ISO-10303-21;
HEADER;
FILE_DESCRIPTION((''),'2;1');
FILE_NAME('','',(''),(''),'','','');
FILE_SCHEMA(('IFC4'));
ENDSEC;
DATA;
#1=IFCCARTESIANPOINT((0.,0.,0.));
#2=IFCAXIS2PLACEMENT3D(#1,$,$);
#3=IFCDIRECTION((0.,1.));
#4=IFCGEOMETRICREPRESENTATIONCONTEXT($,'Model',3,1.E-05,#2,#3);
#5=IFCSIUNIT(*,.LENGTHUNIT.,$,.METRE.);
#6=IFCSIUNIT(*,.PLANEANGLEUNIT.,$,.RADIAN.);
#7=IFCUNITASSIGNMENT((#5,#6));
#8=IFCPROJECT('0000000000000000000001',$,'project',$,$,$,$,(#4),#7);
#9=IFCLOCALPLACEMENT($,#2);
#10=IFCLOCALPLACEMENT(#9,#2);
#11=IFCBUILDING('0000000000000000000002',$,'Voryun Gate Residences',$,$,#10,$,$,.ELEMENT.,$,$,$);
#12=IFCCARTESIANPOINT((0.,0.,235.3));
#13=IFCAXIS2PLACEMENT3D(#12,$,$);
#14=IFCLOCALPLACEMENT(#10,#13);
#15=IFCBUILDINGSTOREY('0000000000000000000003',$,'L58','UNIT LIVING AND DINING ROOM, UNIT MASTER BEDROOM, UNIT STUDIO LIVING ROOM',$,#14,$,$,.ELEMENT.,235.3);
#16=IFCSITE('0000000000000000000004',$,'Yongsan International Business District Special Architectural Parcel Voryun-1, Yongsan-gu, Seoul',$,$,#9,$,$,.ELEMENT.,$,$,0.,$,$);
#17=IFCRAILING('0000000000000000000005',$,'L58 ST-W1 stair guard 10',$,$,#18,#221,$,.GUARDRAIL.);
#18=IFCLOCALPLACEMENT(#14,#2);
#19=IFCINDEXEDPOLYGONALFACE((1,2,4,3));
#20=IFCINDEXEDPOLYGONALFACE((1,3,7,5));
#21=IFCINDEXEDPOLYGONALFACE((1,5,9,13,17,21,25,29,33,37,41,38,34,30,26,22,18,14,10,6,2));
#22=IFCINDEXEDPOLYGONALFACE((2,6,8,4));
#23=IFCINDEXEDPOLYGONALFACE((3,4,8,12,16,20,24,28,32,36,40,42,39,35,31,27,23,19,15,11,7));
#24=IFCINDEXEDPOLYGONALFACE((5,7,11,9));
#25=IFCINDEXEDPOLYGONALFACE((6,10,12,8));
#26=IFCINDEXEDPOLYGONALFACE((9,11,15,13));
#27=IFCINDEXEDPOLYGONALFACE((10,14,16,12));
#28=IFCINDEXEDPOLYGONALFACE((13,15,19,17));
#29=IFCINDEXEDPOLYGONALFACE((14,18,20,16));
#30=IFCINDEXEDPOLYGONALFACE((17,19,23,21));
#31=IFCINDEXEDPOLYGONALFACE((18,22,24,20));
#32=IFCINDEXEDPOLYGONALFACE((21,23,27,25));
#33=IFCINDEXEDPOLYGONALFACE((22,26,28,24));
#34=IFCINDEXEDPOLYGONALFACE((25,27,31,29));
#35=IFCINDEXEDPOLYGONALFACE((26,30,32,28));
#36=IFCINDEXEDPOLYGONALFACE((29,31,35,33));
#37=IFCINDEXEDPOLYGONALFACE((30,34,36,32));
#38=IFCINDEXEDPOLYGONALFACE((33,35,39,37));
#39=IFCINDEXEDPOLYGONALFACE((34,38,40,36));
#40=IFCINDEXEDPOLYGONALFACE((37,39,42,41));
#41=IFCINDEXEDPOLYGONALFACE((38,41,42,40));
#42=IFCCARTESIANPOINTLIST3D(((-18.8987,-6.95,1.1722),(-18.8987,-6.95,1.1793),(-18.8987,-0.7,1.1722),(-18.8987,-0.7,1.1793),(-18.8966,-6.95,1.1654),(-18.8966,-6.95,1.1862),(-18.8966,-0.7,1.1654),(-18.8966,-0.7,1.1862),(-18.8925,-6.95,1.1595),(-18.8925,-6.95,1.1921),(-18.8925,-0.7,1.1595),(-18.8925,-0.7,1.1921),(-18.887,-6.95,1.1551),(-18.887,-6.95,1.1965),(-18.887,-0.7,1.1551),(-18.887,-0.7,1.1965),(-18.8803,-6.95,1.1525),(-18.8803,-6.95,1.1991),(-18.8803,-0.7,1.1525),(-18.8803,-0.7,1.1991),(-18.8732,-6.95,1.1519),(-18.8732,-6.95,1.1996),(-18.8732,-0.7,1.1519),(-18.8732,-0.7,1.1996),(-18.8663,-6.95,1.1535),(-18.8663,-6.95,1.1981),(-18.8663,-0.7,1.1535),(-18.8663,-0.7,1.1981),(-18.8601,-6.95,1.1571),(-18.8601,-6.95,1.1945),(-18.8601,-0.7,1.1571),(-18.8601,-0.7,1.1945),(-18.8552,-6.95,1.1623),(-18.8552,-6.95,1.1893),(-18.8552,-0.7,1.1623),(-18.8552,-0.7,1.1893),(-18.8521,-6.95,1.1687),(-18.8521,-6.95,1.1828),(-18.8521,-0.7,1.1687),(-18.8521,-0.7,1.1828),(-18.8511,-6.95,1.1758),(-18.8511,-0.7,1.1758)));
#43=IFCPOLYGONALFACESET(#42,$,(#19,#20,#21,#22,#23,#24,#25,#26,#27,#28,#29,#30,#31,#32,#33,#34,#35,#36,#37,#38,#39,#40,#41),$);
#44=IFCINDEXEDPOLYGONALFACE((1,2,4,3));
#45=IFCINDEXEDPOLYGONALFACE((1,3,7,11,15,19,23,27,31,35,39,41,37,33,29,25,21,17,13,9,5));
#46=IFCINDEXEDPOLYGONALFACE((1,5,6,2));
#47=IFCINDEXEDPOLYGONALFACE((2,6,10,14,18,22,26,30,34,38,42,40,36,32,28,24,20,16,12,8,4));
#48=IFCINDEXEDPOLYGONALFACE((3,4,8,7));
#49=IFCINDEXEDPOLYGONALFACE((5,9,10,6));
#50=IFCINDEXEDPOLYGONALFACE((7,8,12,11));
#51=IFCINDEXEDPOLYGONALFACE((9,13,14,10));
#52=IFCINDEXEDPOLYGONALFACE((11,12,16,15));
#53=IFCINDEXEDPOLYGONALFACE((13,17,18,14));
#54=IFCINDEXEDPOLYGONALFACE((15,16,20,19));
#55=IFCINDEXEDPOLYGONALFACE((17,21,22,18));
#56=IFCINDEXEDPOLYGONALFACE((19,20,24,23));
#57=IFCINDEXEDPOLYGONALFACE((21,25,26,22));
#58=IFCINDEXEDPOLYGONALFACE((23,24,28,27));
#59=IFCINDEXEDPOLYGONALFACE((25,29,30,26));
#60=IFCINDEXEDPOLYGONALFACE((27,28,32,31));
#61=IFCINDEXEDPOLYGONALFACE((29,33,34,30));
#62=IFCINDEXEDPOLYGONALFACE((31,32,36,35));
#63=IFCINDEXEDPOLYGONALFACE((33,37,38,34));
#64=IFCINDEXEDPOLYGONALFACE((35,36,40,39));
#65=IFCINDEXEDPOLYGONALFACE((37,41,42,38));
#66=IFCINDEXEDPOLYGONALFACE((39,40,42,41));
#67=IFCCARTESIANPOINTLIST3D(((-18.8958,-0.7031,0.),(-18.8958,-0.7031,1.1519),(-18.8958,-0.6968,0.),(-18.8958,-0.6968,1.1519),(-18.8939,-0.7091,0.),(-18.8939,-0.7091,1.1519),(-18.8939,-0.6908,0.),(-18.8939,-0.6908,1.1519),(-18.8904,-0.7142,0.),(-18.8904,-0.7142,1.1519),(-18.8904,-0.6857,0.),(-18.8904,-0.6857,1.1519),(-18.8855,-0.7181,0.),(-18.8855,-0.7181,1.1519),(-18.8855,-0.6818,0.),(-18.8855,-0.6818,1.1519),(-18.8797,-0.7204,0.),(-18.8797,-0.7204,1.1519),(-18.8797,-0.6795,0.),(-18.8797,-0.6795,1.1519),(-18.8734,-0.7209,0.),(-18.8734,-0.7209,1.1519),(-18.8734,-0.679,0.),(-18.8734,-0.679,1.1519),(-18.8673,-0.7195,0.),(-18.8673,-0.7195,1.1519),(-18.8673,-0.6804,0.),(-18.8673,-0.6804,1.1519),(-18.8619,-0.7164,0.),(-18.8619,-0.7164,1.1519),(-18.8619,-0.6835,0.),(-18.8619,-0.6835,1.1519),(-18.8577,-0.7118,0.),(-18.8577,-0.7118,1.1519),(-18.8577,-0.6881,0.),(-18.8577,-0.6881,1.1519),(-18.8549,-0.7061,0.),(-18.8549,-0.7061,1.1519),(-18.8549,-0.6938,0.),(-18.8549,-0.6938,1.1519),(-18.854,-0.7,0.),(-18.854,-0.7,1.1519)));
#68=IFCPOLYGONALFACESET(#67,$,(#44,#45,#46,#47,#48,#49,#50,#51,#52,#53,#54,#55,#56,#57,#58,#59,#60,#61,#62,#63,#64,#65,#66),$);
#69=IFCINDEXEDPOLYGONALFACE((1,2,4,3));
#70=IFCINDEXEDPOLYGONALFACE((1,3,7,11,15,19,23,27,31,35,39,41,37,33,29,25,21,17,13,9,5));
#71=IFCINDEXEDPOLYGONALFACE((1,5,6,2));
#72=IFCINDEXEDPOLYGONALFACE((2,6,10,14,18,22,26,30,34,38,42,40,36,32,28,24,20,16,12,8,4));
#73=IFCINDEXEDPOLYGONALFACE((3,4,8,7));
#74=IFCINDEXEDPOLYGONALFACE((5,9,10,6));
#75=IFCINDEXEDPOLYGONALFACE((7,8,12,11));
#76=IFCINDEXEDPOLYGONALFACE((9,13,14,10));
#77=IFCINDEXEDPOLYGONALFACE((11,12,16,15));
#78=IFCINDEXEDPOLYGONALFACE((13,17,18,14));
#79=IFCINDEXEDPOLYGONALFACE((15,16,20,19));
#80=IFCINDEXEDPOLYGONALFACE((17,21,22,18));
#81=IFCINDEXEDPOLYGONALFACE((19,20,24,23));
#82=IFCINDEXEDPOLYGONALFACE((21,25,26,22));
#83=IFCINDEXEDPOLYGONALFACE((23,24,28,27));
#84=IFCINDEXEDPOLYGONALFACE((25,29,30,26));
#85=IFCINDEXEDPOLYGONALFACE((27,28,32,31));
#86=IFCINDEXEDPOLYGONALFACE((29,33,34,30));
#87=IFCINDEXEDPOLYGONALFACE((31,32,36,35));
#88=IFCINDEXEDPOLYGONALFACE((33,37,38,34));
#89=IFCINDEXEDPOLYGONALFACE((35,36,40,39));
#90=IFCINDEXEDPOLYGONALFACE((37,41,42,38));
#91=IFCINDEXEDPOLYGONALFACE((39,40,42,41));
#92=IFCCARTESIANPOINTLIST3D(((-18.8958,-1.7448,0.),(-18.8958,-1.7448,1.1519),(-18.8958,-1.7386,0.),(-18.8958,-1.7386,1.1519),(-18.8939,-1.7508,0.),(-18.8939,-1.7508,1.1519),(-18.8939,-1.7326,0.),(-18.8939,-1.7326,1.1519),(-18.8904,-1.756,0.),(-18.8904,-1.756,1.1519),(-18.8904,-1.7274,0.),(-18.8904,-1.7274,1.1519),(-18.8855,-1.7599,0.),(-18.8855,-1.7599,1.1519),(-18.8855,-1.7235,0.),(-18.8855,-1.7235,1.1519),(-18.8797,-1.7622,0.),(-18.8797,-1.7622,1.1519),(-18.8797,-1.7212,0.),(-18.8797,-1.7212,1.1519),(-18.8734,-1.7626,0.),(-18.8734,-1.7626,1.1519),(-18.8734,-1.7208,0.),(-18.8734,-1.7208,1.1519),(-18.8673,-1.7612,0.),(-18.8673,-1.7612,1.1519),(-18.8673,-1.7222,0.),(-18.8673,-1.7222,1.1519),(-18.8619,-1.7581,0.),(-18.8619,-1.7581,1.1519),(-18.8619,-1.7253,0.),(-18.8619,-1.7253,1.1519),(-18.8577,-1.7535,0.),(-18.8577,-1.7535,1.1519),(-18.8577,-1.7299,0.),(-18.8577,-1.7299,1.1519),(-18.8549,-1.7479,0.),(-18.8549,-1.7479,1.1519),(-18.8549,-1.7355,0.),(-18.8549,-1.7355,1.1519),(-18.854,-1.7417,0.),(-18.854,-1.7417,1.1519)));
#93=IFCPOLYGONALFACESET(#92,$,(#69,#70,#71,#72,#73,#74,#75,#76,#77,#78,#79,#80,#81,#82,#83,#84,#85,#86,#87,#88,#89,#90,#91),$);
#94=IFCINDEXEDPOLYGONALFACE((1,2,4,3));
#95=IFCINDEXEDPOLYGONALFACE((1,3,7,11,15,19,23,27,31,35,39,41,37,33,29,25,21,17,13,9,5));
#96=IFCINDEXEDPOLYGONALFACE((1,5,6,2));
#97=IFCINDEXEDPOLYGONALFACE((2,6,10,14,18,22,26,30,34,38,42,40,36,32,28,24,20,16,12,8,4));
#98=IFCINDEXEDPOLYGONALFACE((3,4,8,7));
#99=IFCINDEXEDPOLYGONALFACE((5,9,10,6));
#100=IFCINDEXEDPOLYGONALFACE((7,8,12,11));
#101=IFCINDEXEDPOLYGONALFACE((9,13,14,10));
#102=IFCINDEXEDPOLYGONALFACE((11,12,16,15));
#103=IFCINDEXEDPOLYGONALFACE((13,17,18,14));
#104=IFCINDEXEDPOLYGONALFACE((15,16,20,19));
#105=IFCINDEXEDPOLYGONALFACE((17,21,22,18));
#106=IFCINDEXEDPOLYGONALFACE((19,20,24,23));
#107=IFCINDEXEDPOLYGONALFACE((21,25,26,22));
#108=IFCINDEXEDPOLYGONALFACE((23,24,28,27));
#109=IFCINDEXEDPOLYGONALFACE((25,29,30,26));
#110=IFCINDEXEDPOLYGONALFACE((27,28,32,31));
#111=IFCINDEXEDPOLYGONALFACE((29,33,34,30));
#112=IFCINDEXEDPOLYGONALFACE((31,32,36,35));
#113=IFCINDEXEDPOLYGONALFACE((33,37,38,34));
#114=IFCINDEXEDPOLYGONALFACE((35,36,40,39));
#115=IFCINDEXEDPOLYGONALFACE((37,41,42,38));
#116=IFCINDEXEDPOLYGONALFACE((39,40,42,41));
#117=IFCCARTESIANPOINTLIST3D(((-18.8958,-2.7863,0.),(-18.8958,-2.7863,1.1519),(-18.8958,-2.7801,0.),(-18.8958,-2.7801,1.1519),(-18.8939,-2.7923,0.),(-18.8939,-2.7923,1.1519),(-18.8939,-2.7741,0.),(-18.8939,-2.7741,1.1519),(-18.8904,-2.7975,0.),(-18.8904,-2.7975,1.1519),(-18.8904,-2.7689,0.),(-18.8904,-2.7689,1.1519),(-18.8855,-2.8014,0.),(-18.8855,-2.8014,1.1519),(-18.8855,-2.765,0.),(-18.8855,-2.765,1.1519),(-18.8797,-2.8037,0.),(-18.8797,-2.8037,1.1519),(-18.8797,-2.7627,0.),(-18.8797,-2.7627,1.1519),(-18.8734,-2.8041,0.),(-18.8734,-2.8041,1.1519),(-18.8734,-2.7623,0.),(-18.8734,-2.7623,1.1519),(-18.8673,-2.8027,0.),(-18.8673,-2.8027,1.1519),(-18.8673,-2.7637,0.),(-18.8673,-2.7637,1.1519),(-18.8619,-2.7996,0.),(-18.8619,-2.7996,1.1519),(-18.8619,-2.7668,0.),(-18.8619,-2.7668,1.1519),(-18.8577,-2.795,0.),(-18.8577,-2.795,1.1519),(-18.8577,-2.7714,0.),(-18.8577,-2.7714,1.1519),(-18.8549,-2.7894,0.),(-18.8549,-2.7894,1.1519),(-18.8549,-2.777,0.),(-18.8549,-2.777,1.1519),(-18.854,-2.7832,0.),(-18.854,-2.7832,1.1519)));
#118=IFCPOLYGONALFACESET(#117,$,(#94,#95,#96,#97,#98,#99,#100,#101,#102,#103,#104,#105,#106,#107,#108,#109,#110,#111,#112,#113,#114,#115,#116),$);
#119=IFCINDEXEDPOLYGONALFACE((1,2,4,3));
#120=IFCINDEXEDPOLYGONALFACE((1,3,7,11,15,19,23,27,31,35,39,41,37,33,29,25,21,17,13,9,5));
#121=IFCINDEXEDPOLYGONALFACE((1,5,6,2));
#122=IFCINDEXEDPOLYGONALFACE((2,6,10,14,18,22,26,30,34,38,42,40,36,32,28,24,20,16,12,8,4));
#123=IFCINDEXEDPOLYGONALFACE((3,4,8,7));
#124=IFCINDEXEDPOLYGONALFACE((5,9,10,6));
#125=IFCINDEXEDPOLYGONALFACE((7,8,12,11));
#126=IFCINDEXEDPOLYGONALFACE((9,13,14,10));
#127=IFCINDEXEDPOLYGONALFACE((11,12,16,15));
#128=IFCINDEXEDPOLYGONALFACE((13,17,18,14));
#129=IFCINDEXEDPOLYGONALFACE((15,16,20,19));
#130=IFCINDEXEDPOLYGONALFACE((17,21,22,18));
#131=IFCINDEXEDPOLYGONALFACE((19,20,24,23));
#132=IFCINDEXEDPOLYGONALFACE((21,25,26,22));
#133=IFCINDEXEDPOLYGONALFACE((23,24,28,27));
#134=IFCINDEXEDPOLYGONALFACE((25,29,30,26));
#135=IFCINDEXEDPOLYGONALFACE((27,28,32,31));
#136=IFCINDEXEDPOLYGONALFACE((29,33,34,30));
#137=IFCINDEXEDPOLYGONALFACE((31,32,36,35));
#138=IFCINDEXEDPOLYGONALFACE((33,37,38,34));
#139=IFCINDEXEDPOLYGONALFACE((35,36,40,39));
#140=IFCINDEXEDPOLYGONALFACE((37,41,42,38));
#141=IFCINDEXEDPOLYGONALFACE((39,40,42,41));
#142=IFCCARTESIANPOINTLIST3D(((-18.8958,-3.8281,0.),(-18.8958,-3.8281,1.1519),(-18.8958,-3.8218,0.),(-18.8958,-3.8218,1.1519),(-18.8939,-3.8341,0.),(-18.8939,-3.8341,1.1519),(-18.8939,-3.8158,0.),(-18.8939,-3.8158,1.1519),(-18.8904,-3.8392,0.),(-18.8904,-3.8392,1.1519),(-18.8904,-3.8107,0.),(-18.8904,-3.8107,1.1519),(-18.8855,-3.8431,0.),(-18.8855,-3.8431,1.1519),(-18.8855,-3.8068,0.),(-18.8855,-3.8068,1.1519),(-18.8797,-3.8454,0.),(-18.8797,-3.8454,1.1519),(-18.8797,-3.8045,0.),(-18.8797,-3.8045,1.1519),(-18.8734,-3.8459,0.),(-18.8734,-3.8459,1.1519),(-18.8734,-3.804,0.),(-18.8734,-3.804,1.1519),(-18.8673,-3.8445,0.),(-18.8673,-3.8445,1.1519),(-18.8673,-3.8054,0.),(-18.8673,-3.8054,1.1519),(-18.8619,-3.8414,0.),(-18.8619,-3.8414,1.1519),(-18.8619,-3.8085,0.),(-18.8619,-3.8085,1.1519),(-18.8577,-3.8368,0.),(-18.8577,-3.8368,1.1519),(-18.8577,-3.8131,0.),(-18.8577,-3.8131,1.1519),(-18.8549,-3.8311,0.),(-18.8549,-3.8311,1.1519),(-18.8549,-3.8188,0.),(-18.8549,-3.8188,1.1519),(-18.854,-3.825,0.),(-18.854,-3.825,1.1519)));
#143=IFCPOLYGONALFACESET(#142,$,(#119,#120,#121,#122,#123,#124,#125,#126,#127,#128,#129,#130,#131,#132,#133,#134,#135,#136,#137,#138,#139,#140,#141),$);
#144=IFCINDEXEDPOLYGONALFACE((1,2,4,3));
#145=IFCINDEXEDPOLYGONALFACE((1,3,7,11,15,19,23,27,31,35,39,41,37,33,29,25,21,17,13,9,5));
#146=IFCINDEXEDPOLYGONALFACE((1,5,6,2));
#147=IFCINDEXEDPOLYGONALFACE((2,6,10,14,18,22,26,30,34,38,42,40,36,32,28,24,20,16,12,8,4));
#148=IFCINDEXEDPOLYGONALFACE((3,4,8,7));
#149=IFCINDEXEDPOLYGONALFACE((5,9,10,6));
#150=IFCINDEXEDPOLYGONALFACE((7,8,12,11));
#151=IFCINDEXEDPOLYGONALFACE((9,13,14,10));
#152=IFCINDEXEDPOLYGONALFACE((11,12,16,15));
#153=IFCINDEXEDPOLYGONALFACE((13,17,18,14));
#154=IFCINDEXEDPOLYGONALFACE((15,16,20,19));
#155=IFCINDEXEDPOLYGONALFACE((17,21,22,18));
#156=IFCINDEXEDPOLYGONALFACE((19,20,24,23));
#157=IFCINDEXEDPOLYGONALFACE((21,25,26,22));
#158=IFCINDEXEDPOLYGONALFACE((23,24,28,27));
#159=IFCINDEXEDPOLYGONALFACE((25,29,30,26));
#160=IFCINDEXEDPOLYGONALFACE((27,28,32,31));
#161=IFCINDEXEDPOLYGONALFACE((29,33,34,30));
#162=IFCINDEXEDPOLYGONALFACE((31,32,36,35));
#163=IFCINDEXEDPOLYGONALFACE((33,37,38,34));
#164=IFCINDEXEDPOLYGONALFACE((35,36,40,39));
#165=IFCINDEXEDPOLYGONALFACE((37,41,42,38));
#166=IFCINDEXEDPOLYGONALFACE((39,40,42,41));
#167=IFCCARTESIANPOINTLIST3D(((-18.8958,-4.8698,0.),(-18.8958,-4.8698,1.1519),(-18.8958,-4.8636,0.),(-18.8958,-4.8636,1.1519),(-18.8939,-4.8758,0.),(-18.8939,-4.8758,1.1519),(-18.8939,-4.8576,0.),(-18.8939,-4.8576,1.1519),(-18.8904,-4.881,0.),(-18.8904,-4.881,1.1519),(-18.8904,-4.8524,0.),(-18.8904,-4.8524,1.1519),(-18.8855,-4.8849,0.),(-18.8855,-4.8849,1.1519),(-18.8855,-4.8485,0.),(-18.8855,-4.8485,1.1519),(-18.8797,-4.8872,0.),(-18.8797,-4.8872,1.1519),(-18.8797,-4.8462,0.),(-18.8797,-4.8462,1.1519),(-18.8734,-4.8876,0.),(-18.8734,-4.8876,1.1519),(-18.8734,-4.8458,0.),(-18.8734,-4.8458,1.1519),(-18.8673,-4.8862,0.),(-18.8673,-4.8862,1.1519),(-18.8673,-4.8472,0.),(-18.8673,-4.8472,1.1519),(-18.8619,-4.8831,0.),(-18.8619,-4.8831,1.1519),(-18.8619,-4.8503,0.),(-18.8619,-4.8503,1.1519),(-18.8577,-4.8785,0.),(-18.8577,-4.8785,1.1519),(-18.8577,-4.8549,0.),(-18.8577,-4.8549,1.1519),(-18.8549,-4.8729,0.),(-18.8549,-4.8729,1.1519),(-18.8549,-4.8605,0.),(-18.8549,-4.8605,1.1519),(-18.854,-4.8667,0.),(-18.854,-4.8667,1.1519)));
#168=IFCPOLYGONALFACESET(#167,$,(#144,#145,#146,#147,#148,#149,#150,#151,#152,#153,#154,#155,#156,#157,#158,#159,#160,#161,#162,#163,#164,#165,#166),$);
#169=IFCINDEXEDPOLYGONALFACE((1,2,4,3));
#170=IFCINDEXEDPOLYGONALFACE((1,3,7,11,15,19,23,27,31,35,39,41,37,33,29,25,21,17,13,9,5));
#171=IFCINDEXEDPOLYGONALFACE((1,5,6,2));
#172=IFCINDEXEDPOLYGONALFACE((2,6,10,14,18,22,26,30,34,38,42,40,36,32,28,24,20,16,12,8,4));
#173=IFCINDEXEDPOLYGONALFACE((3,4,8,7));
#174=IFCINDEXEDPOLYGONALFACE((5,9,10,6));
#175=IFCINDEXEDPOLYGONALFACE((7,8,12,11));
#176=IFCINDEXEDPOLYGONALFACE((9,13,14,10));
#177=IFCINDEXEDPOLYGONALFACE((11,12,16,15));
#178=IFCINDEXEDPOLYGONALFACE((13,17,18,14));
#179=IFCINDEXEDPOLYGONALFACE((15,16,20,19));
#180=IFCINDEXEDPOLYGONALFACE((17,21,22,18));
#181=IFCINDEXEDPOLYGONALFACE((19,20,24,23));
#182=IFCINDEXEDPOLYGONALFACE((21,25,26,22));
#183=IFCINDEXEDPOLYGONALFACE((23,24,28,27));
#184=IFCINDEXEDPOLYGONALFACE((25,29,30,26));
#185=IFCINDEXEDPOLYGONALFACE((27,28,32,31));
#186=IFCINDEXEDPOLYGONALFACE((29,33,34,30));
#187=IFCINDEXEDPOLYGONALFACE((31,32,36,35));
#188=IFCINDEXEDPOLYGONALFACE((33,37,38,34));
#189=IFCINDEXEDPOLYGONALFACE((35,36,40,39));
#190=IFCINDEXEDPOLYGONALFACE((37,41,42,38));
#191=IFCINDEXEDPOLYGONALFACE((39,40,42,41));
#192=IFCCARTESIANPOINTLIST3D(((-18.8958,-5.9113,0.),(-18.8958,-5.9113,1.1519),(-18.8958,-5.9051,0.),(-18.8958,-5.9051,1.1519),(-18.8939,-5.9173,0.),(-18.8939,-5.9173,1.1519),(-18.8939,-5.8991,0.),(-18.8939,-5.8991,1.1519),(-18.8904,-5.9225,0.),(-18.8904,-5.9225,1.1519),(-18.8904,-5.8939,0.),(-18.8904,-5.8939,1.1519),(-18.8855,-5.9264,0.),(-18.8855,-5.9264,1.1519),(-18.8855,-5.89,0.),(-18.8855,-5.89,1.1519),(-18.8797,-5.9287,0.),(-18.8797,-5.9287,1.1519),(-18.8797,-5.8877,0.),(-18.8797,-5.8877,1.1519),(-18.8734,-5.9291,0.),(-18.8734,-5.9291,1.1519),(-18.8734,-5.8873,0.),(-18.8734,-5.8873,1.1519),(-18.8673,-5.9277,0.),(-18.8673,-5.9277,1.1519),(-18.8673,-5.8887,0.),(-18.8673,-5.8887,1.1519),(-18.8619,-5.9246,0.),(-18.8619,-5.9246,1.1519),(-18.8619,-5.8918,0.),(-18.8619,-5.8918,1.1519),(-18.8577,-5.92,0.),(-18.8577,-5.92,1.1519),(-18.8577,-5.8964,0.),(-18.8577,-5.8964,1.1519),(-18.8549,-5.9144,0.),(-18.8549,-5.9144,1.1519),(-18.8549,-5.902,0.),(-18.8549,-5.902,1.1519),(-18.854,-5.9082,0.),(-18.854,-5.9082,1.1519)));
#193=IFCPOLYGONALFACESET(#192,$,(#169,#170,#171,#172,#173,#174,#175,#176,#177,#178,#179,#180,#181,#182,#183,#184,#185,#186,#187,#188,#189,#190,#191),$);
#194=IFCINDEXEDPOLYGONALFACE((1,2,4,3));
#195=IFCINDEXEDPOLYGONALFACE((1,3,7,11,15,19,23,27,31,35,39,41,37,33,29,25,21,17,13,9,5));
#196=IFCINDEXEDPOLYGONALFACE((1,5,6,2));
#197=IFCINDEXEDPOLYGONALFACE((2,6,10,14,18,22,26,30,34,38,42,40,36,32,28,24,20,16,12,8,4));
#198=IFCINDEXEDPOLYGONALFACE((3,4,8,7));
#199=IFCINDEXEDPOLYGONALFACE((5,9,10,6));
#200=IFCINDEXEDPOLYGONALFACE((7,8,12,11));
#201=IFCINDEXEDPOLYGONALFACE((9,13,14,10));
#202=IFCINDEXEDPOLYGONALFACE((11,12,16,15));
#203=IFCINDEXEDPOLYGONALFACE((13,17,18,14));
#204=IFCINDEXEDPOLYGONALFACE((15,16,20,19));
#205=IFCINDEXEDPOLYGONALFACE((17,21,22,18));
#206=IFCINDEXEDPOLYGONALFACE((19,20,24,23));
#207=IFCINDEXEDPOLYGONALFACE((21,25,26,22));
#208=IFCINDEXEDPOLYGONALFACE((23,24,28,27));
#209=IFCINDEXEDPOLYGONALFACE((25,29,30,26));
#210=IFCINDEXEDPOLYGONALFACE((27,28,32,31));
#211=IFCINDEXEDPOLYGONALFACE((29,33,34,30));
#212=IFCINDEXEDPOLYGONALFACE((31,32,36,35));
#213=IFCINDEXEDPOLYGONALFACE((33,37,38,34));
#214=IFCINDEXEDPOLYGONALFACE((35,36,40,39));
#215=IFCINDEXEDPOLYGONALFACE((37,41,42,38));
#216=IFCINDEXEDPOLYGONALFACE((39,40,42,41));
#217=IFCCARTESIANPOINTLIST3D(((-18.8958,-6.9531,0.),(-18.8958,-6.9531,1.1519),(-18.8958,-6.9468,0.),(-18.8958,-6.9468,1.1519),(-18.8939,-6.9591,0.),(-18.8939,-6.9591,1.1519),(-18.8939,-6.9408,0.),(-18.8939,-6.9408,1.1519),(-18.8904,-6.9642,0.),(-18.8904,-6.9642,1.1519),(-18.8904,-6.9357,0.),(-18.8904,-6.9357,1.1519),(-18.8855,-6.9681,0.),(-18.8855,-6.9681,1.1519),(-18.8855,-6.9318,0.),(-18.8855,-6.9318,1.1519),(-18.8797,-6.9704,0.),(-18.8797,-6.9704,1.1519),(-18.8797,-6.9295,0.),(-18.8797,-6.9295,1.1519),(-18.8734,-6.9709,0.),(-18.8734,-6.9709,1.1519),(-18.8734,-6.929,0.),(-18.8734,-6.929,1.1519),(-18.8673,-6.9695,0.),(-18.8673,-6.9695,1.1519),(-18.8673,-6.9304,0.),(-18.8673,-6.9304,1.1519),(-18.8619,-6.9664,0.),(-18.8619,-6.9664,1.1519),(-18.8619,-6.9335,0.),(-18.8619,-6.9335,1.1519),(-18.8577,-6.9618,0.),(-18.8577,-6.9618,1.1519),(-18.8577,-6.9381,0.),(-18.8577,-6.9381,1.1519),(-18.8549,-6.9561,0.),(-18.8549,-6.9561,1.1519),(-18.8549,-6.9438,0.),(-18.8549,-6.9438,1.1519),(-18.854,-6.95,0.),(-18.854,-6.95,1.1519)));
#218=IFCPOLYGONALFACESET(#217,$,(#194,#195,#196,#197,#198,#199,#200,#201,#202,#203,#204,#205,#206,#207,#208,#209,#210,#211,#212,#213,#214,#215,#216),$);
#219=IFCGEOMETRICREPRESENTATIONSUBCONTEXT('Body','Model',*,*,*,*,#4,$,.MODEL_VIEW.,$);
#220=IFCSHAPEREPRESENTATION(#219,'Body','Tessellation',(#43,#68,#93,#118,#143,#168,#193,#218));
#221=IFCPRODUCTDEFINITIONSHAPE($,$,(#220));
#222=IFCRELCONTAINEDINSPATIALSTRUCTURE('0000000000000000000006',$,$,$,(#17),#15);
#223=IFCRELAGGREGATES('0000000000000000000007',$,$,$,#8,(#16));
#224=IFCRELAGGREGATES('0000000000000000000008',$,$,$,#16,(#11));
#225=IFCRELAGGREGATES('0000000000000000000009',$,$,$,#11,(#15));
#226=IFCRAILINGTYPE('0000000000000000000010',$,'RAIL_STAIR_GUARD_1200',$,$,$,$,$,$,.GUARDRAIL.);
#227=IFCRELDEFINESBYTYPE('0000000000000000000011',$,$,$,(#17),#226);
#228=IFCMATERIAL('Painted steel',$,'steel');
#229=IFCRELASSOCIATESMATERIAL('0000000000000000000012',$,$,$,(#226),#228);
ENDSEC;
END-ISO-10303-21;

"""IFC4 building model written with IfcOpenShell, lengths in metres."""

from ifc_helpers import new_model, si_unit, direction, frame, origin, origin_2d, place, context, subcontext, project, spatial, circle, extrude, material, type_object, element, save


model = new_model("IFC4")

# Units and contexts
model_context = context("Model", 3, precision=1e-05, world=origin(), true_north=direction((0.0, 1.0)))
body_context = subcontext(model_context, "Body", "Model", "MODEL_VIEW")
ifc_project = project(units=[si_unit("LENGTHUNIT", "METRE"), si_unit("PLANEANGLEUNIT", "RADIAN")], contexts=[model_context])

# Site, building, storey
site_placement = place(None, origin())
site = spatial("IfcSite", under=ifc_project, at=site_placement, Name="Yongsan International Business District Special Architectural Parcel Voryun-1, Yongsan-gu, Seoul", CompositionType="ELEMENT", RefElevation=0.0)
building_placement = place(site_placement, origin())
building = spatial("IfcBuilding", under=site, at=building_placement, Name="Voryun Gate Residences", CompositionType="ELEMENT")
storey_placement = place(building_placement, frame((0.0, 0.0, 235.3)))
storey = spatial("IfcBuildingStorey", under=building, at=storey_placement, Name="L58", Description="UNIT LIVING AND DINING ROOM, UNIT MASTER BEDROOM, UNIT STUDIO LIVING ROOM", CompositionType="ELEMENT", Elevation=235.3)

# Railing
ifc_material_1 = material(Name="Painted steel", Category="steel")
railing_type = type_object("IfcRailingType", Name="RAIL_STAIR_GUARD_1200", PredefinedType="GUARDRAIL", material=ifc_material_1)
railing_1_placement = place(storey_placement, frame((-18.875, -0.7, 0.0)))
element("IfcRailing", 1, at=railing_1_placement, inside=storey, type_object=railing_type, Name="L58 ST-W1 stair guard 10", PredefinedType="GUARDRAIL", context=body_context, shape_type="SweptSolid", body=[
    extrude(circle(Radius=0.0239, at=origin_2d()), frame((0.0, 0.0, 1.1758), z_axis=(0.0, -1.0, 0.0), x_axis=(1.0, 0.0, 0.0)), (0.0, 0.0, 1.0), 6.25),
    extrude(circle(Radius=0.021, at=origin_2d()), origin(), (0.0, 0.0, 1.0), 1.1519),
    extrude(circle(Radius=0.021, at=origin_2d()), frame((0.0, -1.0417, 0.0)), (0.0, 0.0, 1.0), 1.1519),
    extrude(circle(Radius=0.021, at=origin_2d()), frame((0.0, -2.0833, 0.0)), (0.0, 0.0, 1.0), 1.1519),
    extrude(circle(Radius=0.021, at=origin_2d()), frame((0.0, -3.125, 0.0)), (0.0, 0.0, 1.0), 1.1519),
    extrude(circle(Radius=0.021, at=origin_2d()), frame((0.0, -4.1667, 0.0)), (0.0, 0.0, 1.0), 1.1519),
    extrude(circle(Radius=0.021, at=origin_2d()), frame((0.0, -5.2083, 0.0)), (0.0, 0.0, 1.0), 1.1519),
    extrude(circle(Radius=0.021, at=origin_2d()), frame((0.0, -6.25, 0.0)), (0.0, 0.0, 1.0), 1.1519),
])

save(model, "model.ifc")
